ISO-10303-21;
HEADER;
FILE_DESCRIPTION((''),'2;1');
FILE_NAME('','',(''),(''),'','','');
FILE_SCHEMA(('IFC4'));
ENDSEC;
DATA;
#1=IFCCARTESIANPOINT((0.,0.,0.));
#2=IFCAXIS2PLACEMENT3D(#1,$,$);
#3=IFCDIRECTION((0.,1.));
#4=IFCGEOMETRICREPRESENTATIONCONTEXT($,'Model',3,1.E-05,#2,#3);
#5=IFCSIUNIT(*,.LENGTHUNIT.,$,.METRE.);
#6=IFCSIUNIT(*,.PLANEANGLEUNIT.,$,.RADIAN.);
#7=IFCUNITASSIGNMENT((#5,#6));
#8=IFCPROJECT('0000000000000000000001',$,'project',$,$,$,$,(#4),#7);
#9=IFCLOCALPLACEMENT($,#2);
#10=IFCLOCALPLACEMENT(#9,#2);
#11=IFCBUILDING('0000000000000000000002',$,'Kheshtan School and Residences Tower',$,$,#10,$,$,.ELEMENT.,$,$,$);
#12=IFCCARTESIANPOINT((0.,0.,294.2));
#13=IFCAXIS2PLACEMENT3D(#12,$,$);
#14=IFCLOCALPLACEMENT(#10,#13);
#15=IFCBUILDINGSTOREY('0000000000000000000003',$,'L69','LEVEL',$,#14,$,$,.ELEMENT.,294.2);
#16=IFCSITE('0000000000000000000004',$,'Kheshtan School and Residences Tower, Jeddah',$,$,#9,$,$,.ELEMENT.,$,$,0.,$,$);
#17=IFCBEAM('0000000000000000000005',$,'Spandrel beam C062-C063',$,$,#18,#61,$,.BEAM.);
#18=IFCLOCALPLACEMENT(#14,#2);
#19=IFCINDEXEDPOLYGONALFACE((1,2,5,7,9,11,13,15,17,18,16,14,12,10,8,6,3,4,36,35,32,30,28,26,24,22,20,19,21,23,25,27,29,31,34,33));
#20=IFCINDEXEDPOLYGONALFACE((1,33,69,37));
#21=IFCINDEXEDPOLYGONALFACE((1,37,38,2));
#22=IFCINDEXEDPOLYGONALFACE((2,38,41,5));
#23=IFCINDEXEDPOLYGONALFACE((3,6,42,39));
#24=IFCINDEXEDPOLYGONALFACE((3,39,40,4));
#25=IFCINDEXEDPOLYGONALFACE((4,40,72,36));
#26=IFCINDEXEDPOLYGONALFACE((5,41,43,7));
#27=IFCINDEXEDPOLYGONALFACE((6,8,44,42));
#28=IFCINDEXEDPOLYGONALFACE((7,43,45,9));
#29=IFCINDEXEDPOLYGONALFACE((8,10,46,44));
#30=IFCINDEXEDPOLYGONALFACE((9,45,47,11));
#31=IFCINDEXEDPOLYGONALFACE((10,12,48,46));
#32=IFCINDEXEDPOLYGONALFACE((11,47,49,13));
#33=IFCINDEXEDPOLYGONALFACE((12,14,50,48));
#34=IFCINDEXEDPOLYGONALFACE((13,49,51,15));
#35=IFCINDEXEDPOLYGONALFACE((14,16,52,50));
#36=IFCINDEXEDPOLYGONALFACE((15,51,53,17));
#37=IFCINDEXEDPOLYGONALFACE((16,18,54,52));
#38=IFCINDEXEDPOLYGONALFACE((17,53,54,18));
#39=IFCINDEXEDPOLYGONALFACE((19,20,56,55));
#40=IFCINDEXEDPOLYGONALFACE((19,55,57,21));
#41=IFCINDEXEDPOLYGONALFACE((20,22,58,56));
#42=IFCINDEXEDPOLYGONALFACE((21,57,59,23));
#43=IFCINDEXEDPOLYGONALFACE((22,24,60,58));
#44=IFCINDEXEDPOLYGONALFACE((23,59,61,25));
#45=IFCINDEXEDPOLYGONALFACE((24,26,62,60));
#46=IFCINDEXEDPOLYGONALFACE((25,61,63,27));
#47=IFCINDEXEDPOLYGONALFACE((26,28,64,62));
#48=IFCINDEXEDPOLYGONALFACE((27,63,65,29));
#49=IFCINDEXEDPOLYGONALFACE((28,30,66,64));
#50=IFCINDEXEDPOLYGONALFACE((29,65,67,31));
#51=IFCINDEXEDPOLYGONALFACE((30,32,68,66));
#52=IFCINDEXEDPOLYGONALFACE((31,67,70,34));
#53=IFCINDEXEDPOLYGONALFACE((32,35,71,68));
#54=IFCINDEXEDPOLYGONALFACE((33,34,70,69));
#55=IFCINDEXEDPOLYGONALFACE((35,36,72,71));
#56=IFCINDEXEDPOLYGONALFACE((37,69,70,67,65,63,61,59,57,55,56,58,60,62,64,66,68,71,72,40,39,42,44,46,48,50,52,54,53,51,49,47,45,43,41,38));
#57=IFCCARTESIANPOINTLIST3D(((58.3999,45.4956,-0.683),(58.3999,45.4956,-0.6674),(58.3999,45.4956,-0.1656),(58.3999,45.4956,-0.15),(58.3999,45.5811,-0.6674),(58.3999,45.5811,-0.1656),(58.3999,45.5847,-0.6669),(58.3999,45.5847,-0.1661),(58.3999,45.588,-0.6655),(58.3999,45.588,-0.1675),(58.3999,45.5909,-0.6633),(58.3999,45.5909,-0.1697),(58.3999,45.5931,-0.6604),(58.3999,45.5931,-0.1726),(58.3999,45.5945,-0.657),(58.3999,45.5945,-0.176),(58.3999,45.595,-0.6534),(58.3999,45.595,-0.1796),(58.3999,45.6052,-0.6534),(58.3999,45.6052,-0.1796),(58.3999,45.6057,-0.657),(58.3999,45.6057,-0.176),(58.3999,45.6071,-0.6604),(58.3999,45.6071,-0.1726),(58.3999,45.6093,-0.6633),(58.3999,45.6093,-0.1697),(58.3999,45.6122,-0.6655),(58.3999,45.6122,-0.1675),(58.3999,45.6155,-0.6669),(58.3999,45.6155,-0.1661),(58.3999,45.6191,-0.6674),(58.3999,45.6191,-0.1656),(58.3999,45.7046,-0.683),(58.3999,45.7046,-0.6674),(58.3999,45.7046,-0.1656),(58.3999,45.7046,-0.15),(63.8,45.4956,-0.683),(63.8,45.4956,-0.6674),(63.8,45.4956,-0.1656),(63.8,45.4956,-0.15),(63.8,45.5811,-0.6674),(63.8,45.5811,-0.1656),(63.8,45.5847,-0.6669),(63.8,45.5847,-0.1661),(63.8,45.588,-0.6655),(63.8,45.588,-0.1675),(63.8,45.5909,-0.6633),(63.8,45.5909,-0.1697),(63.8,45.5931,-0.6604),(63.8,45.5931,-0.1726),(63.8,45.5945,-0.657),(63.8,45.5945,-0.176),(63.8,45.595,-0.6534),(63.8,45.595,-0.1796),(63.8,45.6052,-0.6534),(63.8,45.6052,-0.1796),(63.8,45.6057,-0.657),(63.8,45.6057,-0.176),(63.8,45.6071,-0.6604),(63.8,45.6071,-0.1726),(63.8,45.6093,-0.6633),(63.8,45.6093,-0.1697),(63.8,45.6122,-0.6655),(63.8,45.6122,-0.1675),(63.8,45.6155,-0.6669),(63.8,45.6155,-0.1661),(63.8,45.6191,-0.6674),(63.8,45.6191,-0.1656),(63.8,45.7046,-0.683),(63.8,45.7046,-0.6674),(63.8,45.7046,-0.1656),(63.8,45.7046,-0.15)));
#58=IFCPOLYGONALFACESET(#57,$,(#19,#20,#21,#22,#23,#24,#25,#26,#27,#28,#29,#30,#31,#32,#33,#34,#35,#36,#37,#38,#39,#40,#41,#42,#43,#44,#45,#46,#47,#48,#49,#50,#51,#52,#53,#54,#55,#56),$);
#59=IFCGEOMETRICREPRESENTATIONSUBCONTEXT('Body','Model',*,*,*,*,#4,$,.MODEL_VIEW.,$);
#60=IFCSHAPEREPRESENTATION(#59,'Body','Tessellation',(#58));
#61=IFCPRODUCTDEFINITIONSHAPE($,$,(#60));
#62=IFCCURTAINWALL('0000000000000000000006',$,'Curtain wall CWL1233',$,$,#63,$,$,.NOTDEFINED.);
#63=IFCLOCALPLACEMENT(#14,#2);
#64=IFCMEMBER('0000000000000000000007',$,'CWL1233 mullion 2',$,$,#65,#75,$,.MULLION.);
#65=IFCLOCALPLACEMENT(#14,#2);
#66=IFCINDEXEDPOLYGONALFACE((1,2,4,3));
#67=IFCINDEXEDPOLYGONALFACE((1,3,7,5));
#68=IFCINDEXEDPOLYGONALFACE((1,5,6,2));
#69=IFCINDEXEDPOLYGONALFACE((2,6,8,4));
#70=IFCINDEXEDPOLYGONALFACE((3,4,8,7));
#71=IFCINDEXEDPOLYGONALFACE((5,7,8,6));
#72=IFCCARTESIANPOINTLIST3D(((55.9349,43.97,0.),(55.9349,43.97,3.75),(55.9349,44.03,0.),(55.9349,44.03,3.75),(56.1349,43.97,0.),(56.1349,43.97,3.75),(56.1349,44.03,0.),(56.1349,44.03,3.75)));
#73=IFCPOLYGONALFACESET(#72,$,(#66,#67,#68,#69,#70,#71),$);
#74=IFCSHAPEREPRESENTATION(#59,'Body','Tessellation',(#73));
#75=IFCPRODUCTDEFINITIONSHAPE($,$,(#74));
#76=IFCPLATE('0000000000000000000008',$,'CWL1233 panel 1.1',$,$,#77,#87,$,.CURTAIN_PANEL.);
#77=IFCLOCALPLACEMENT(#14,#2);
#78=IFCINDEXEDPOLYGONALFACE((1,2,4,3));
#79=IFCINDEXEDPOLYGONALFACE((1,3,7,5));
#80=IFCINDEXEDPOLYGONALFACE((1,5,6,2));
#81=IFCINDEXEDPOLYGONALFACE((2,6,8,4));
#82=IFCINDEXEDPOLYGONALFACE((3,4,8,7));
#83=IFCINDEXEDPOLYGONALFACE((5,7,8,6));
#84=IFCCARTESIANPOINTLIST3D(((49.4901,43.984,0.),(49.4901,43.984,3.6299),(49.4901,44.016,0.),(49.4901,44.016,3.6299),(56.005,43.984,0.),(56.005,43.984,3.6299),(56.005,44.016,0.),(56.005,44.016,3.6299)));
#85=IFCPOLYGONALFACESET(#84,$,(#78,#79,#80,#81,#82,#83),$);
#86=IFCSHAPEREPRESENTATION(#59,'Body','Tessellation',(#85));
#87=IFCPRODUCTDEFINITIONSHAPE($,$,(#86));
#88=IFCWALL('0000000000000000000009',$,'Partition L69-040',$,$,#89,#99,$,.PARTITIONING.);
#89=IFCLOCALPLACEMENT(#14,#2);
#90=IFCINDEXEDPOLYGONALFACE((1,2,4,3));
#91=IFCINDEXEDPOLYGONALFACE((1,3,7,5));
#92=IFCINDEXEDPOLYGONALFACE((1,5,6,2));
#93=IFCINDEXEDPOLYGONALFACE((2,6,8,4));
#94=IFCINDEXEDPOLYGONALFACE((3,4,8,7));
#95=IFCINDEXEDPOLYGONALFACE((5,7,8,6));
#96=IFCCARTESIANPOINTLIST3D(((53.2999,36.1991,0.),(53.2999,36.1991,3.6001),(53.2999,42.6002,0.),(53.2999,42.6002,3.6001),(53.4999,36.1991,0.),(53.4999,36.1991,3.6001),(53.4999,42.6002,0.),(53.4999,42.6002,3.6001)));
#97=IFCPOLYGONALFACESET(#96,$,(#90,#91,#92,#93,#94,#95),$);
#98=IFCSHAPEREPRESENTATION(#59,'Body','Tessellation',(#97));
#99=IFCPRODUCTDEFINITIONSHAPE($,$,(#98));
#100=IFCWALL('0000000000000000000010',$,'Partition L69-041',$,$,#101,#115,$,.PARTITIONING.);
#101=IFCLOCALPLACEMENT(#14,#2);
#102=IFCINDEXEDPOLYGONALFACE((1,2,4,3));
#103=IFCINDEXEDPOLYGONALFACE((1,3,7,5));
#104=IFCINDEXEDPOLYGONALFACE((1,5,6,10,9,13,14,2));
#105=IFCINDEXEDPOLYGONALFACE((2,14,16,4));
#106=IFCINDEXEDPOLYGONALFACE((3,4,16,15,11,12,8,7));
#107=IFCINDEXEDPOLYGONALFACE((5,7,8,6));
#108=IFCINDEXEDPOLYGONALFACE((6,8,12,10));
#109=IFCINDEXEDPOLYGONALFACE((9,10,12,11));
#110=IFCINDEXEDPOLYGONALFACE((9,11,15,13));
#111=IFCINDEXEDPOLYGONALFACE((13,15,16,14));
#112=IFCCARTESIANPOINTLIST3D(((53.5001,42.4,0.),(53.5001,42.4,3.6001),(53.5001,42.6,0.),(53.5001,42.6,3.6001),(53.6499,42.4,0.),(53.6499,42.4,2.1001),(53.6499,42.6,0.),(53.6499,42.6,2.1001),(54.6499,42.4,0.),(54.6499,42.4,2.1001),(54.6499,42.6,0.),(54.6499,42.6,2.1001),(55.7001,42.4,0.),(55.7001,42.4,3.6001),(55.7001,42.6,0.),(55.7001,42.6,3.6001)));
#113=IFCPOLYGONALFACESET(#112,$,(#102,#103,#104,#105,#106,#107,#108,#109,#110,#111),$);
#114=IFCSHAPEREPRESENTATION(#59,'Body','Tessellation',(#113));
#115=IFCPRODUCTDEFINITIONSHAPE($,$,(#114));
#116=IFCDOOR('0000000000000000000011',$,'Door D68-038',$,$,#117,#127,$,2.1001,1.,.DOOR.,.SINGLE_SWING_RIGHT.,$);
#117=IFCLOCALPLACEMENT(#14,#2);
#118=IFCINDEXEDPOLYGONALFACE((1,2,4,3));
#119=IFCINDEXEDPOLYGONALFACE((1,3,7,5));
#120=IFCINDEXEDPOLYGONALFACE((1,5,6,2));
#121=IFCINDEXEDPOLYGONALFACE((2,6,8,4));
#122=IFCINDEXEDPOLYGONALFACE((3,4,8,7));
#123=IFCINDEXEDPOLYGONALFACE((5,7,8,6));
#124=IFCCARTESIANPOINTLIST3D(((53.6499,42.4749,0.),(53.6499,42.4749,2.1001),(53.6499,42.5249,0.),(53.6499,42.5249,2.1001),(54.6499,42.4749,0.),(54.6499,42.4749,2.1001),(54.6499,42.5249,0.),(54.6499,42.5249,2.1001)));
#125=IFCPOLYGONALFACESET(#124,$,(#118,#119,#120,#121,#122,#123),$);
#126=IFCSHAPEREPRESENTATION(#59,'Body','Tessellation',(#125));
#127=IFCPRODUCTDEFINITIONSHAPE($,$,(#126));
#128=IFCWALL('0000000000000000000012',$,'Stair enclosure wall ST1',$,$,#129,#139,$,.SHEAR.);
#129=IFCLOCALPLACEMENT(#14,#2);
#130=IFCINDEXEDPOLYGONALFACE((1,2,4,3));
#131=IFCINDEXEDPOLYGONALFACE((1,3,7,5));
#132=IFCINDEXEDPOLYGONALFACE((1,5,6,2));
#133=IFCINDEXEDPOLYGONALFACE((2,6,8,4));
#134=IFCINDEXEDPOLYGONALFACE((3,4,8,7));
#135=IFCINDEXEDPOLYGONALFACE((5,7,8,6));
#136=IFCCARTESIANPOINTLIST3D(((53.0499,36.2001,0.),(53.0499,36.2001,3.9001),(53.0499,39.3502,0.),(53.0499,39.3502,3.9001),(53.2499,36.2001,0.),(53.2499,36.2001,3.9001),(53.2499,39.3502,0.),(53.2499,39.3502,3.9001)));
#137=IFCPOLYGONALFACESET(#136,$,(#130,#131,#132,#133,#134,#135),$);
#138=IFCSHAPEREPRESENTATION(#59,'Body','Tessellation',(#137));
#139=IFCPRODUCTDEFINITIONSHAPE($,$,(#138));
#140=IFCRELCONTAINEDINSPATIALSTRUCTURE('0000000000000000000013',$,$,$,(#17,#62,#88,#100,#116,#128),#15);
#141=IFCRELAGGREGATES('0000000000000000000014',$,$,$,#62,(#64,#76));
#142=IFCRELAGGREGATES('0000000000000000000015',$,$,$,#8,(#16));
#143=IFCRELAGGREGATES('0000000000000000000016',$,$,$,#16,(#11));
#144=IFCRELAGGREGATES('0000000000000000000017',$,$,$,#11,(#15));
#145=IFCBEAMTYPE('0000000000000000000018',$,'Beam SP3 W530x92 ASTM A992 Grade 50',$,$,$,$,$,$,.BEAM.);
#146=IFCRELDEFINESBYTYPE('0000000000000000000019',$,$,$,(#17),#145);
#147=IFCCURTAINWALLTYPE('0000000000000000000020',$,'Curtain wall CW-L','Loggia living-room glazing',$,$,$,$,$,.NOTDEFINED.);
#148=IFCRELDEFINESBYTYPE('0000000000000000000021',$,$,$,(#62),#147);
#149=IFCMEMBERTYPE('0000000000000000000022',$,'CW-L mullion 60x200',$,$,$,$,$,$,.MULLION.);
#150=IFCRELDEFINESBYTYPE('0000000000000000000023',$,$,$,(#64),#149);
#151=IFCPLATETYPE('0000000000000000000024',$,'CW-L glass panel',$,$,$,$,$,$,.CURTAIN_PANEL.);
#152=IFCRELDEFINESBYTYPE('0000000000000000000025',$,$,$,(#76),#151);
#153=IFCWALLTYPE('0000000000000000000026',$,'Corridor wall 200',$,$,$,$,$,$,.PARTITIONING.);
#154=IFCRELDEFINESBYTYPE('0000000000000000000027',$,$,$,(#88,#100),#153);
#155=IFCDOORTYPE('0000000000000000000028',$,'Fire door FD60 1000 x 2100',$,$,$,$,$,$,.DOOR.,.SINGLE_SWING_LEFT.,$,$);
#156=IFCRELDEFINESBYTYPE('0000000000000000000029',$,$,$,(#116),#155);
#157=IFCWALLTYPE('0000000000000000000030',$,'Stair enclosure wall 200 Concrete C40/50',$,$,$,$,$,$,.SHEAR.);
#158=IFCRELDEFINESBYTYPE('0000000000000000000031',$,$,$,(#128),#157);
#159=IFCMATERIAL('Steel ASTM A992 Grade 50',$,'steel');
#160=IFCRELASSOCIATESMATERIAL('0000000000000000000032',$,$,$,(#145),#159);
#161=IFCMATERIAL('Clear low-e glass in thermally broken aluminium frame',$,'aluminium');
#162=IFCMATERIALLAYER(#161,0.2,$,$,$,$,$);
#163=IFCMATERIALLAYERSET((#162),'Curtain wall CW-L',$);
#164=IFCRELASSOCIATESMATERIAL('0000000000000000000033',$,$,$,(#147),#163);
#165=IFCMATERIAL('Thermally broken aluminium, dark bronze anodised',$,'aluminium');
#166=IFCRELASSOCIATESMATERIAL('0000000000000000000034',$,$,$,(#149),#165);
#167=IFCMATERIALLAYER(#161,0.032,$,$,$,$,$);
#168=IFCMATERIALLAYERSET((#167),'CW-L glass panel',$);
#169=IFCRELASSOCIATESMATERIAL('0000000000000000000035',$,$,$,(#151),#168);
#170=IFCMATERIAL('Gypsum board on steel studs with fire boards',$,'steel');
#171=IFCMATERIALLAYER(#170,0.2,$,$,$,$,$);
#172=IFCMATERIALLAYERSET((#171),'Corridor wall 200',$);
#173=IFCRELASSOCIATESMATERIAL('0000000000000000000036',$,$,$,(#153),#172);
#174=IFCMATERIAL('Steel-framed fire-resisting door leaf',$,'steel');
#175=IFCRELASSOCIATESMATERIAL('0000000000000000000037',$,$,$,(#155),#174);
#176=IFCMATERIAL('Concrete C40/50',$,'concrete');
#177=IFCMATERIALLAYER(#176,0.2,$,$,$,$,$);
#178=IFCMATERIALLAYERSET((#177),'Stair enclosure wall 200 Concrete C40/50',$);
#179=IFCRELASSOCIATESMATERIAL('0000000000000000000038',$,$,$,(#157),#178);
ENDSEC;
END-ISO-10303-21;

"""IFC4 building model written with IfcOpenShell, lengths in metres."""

from ifc_helpers import new_model, si_unit, direction, frame, frame_2d, origin, origin_2d, place, context, subcontext, project, spatial, rectangle, i_section, extrude, source, transform, mapped, material, layer, layer_set, material_profile, profile_set, type_object, element, fill, aggregate, save


model = new_model("IFC4")

# Units and contexts
model_context = context("Model", 3, precision=1e-05, world=origin(), true_north=direction((0.0, 1.0)))
body_context = subcontext(model_context, "Body", "Model", "MODEL_VIEW")
ifc_project = project(units=[si_unit("LENGTHUNIT", "METRE"), si_unit("PLANEANGLEUNIT", "RADIAN")], contexts=[model_context])

# Site, building, storey
site_placement = place(None, origin())
site = spatial("IfcSite", under=ifc_project, at=site_placement, Name="Kheshtan School and Residences Tower, Jeddah", CompositionType="ELEMENT", RefElevation=0.0)
building_placement = place(site_placement, origin())
building = spatial("IfcBuilding", under=site, at=building_placement, Name="Kheshtan School and Residences Tower", CompositionType="ELEMENT")
storey_placement = place(building_placement, frame((0.0, 0.0, 294.2)))
storey = spatial("IfcBuildingStorey", under=building, at=storey_placement, Name="L69", Description="LEVEL", CompositionType="ELEMENT", Elevation=294.2)

# Shared definitions
ifc_material_1 = material(Name="Steel ASTM A992 Grade 50", Category="steel")

# Beam
ifc_material_profile_1 = material_profile(ifc_material_1, i_section(OverallWidth=0.209, OverallDepth=0.533, WebThickness=0.0103, FlangeThickness=0.0156, FilletRadius=0.0139, at=origin_2d()), Name="W530x92")
ifc_profile_set_1 = profile_set([ifc_material_profile_1], Name="Steel ASTM A992 Grade 50")
beam_type_1 = type_object("IfcBeamType", Name="Beam SP3 W530x92 ASTM A992 Grade 50", PredefinedType="BEAM", material=ifc_profile_set_1)
beam_1_placement = place(storey_placement, frame((58.3999, 45.6001, -0.4165), z_axis=(1.0, 0.0, 0.0), x_axis=(0.0, 1.0, 0.0)))
element("IfcBeam", 1, at=beam_1_placement, inside=storey, type_object=beam_type_1, Name="Spandrel beam C062-C063", PredefinedType="BEAM", context=body_context, shape_type="SweptSolid", body=[
    extrude(i_section(OverallWidth=0.209, OverallDepth=0.533, WebThickness=0.0103, FlangeThickness=0.0156, FilletRadius=0.0139, at=origin_2d()), origin(), (0.0, 0.0, 1.0), 5.4001),
])

# Curtain wall, member, plate
ifc_material_2 = material(Name="Clear low-e glass in thermally broken aluminium frame", Category="aluminium")
ifc_layer_1 = layer(ifc_material_2, 0.2)
ifc_layer_set_1 = layer_set([ifc_layer_1], Name="Curtain wall CW-L")
curtain_wall_type = type_object("IfcCurtainWallType", Name="Curtain wall CW-L", Description="Loggia living-room glazing", PredefinedType="NOTDEFINED", material=ifc_layer_set_1)
curtain_wall_placement = place(storey_placement, origin())
curtain_wall = element("IfcCurtainWall", 2, at=curtain_wall_placement, inside=storey, type_object=curtain_wall_type, Name="Curtain wall CWL1233", PredefinedType="NOTDEFINED")
ifc_material_3 = material(Name="Thermally broken aluminium, dark bronze anodised", Category="aluminium")
ifc_material_profile_2 = material_profile(ifc_material_3, rectangle(XDim=0.0601, YDim=0.2, at=origin_2d()), Name="CW-L mullion 60x200")
ifc_profile_set_2 = profile_set([ifc_material_profile_2], Name="Thermally broken aluminium, dark bronze anodised")
member_type = type_object("IfcMemberType", Name="CW-L mullion 60x200", PredefinedType="MULLION", material=ifc_profile_set_2)
member_placement = place(storey_placement, frame((56.0349, 44.0, 0.0), z_axis=(0.0, 0.0, 1.0), x_axis=(0.0, 1.0, 0.0)))
member = element("IfcMember", 3, at=member_placement, type_object=member_type, Name="CWL1233 mullion 2", PredefinedType="MULLION", context=body_context, shape_type="SweptSolid", body=[
    extrude(rectangle(XDim=0.0601, YDim=0.2, at=origin_2d()), origin(), (0.0, 0.0, 1.0), 3.75),
])
ifc_layer_2 = layer(ifc_material_2, 0.032)
ifc_layer_set_2 = layer_set([ifc_layer_2], Name="CW-L glass panel")
plate_type = type_object("IfcPlateType", Name="CW-L glass panel", PredefinedType="CURTAIN_PANEL", material=ifc_layer_set_2)
plate_placement = place(storey_placement, frame((52.7476, 44.0, 0.0), z_axis=(0.0, 0.0, 1.0), x_axis=(1.0, 0.0, 0.0)))
plate = element("IfcPlate", 4, at=plate_placement, type_object=plate_type, Name="CWL1233 panel 1.1", PredefinedType="CURTAIN_PANEL", context=body_context, shape_type="SweptSolid", body=[
    extrude(rectangle(XDim=6.5149, YDim=0.032, at=origin_2d()), origin(), (0.0, 0.0, 1.0), 3.6299),
])
aggregate(curtain_wall, [member, plate])

# Wall
ifc_material_4 = material(Name="Gypsum board on steel studs with fire boards", Category="steel")
ifc_layer_3 = layer(ifc_material_4, 0.2)
ifc_layer_set_3 = layer_set([ifc_layer_3], Name="Corridor wall 200")
wall_type_1 = type_object("IfcWallType", Name="Corridor wall 200", PredefinedType="PARTITIONING", material=ifc_layer_set_3)
wall_1_placement = place(storey_placement, frame((53.3999, 36.199, 0.0), z_axis=(0.0, 0.0, 1.0), x_axis=(0.0, 1.0, 0.0)))
element("IfcWall", 5, at=wall_1_placement, inside=storey, type_object=wall_type_1, Name="Partition L69-040", PredefinedType="PARTITIONING", context=body_context, shape_type="SweptSolid", body=[
    extrude(rectangle(XDim=6.4011, YDim=0.2, at=frame_2d((3.2007, 0.0))), origin(), (0.0, 0.0, 1.0), 3.6001),
])

# Wall, opening, door
wall_2_placement = place(storey_placement, frame((53.5, 42.5, 0.0), z_axis=(0.0, 0.0, 1.0), x_axis=(1.0, 0.0, 0.0)))
wall_2 = element("IfcWall", 6, at=wall_2_placement, inside=storey, type_object=wall_type_1, Name="Partition L69-041", PredefinedType="PARTITIONING", context=body_context, shape_type="SweptSolid", body=[
    extrude(rectangle(XDim=2.2, YDim=0.2, at=frame_2d((1.1001, 0.0))), origin(), (0.0, 0.0, 1.0), 3.6001),
])
opening_1_placement = place(wall_2_placement, frame((0.1499, 0.0, 0.0)))
opening_1 = element("IfcOpeningElement", 7, at=opening_1_placement, cuts=wall_2, PredefinedType="OPENING", context=body_context, shape_type="SweptSolid", body=[
    extrude(rectangle(XDim=1.0, YDim=2.1001, at=frame_2d((0.5, 1.05))), frame((0.0, 0.1099, 0.0), z_axis=(0.0, -1.0, 0.0), x_axis=(1.0, 0.0, 0.0)), (0.0, 0.0, 1.0), 0.22),
])
ifc_material_5 = material(Name="Steel-framed fire-resisting door leaf", Category="steel")
door_type_1 = type_object("IfcDoorType", Name="Fire door FD60 1000 x 2100", OperationType="SINGLE_SWING_LEFT", PredefinedType="DOOR", material=ifc_material_5)
shared_shape_1 = source(origin(), body_context, "Body", "SweptSolid", [
    extrude(rectangle(XDim=1.0, YDim=2.1001, at=frame_2d((0.5, 1.05))), frame((0.0, 0.0249, 0.0), z_axis=(0.0, -1.0, 0.0), x_axis=(1.0, 0.0, 0.0)), (0.0, 0.0, 1.0), 0.05),
])
door_1_placement = place(opening_1_placement, origin())
door_1 = element("IfcDoor", 8, at=door_1_placement, inside=storey, type_object=door_type_1, Name="Door D68-038", OperationType="SINGLE_SWING_RIGHT", OverallHeight=2.1001, OverallWidth=1.0, PredefinedType="DOOR", context=body_context, shape_type="MappedRepresentation", body=[
    mapped(shared_shape_1, transform((0.0, 0.0, 0.0), x_axis=(1.0, 0.0, 0.0), y_axis=(0.0, 1.0, 0.0), z_axis=(0.0, 0.0, 1.0), scale=1.0)),
])
fill(opening_1, door_1)

# Wall
ifc_material_6 = material(Name="Concrete C40/50", Category="concrete")
ifc_layer_4 = layer(ifc_material_6, 0.2)
ifc_layer_set_4 = layer_set([ifc_layer_4], Name="Stair enclosure wall 200 Concrete C40/50")
wall_type_2 = type_object("IfcWallType", Name="Stair enclosure wall 200 Concrete C40/50", PredefinedType="SHEAR", material=ifc_layer_set_4)
wall_3_placement = place(storey_placement, frame((53.1499, 36.2, 0.0), z_axis=(0.0, 0.0, 1.0), x_axis=(0.0, 1.0, 0.0)))
element("IfcWall", 9, at=wall_3_placement, inside=storey, type_object=wall_type_2, Name="Stair enclosure wall ST1", PredefinedType="SHEAR", context=body_context, shape_type="SweptSolid", body=[
    extrude(rectangle(XDim=3.1501, YDim=0.2, at=frame_2d((1.5752, 0.0))), origin(), (0.0, 0.0, 1.0), 3.9001),
])

save(model, "model.ifc")
